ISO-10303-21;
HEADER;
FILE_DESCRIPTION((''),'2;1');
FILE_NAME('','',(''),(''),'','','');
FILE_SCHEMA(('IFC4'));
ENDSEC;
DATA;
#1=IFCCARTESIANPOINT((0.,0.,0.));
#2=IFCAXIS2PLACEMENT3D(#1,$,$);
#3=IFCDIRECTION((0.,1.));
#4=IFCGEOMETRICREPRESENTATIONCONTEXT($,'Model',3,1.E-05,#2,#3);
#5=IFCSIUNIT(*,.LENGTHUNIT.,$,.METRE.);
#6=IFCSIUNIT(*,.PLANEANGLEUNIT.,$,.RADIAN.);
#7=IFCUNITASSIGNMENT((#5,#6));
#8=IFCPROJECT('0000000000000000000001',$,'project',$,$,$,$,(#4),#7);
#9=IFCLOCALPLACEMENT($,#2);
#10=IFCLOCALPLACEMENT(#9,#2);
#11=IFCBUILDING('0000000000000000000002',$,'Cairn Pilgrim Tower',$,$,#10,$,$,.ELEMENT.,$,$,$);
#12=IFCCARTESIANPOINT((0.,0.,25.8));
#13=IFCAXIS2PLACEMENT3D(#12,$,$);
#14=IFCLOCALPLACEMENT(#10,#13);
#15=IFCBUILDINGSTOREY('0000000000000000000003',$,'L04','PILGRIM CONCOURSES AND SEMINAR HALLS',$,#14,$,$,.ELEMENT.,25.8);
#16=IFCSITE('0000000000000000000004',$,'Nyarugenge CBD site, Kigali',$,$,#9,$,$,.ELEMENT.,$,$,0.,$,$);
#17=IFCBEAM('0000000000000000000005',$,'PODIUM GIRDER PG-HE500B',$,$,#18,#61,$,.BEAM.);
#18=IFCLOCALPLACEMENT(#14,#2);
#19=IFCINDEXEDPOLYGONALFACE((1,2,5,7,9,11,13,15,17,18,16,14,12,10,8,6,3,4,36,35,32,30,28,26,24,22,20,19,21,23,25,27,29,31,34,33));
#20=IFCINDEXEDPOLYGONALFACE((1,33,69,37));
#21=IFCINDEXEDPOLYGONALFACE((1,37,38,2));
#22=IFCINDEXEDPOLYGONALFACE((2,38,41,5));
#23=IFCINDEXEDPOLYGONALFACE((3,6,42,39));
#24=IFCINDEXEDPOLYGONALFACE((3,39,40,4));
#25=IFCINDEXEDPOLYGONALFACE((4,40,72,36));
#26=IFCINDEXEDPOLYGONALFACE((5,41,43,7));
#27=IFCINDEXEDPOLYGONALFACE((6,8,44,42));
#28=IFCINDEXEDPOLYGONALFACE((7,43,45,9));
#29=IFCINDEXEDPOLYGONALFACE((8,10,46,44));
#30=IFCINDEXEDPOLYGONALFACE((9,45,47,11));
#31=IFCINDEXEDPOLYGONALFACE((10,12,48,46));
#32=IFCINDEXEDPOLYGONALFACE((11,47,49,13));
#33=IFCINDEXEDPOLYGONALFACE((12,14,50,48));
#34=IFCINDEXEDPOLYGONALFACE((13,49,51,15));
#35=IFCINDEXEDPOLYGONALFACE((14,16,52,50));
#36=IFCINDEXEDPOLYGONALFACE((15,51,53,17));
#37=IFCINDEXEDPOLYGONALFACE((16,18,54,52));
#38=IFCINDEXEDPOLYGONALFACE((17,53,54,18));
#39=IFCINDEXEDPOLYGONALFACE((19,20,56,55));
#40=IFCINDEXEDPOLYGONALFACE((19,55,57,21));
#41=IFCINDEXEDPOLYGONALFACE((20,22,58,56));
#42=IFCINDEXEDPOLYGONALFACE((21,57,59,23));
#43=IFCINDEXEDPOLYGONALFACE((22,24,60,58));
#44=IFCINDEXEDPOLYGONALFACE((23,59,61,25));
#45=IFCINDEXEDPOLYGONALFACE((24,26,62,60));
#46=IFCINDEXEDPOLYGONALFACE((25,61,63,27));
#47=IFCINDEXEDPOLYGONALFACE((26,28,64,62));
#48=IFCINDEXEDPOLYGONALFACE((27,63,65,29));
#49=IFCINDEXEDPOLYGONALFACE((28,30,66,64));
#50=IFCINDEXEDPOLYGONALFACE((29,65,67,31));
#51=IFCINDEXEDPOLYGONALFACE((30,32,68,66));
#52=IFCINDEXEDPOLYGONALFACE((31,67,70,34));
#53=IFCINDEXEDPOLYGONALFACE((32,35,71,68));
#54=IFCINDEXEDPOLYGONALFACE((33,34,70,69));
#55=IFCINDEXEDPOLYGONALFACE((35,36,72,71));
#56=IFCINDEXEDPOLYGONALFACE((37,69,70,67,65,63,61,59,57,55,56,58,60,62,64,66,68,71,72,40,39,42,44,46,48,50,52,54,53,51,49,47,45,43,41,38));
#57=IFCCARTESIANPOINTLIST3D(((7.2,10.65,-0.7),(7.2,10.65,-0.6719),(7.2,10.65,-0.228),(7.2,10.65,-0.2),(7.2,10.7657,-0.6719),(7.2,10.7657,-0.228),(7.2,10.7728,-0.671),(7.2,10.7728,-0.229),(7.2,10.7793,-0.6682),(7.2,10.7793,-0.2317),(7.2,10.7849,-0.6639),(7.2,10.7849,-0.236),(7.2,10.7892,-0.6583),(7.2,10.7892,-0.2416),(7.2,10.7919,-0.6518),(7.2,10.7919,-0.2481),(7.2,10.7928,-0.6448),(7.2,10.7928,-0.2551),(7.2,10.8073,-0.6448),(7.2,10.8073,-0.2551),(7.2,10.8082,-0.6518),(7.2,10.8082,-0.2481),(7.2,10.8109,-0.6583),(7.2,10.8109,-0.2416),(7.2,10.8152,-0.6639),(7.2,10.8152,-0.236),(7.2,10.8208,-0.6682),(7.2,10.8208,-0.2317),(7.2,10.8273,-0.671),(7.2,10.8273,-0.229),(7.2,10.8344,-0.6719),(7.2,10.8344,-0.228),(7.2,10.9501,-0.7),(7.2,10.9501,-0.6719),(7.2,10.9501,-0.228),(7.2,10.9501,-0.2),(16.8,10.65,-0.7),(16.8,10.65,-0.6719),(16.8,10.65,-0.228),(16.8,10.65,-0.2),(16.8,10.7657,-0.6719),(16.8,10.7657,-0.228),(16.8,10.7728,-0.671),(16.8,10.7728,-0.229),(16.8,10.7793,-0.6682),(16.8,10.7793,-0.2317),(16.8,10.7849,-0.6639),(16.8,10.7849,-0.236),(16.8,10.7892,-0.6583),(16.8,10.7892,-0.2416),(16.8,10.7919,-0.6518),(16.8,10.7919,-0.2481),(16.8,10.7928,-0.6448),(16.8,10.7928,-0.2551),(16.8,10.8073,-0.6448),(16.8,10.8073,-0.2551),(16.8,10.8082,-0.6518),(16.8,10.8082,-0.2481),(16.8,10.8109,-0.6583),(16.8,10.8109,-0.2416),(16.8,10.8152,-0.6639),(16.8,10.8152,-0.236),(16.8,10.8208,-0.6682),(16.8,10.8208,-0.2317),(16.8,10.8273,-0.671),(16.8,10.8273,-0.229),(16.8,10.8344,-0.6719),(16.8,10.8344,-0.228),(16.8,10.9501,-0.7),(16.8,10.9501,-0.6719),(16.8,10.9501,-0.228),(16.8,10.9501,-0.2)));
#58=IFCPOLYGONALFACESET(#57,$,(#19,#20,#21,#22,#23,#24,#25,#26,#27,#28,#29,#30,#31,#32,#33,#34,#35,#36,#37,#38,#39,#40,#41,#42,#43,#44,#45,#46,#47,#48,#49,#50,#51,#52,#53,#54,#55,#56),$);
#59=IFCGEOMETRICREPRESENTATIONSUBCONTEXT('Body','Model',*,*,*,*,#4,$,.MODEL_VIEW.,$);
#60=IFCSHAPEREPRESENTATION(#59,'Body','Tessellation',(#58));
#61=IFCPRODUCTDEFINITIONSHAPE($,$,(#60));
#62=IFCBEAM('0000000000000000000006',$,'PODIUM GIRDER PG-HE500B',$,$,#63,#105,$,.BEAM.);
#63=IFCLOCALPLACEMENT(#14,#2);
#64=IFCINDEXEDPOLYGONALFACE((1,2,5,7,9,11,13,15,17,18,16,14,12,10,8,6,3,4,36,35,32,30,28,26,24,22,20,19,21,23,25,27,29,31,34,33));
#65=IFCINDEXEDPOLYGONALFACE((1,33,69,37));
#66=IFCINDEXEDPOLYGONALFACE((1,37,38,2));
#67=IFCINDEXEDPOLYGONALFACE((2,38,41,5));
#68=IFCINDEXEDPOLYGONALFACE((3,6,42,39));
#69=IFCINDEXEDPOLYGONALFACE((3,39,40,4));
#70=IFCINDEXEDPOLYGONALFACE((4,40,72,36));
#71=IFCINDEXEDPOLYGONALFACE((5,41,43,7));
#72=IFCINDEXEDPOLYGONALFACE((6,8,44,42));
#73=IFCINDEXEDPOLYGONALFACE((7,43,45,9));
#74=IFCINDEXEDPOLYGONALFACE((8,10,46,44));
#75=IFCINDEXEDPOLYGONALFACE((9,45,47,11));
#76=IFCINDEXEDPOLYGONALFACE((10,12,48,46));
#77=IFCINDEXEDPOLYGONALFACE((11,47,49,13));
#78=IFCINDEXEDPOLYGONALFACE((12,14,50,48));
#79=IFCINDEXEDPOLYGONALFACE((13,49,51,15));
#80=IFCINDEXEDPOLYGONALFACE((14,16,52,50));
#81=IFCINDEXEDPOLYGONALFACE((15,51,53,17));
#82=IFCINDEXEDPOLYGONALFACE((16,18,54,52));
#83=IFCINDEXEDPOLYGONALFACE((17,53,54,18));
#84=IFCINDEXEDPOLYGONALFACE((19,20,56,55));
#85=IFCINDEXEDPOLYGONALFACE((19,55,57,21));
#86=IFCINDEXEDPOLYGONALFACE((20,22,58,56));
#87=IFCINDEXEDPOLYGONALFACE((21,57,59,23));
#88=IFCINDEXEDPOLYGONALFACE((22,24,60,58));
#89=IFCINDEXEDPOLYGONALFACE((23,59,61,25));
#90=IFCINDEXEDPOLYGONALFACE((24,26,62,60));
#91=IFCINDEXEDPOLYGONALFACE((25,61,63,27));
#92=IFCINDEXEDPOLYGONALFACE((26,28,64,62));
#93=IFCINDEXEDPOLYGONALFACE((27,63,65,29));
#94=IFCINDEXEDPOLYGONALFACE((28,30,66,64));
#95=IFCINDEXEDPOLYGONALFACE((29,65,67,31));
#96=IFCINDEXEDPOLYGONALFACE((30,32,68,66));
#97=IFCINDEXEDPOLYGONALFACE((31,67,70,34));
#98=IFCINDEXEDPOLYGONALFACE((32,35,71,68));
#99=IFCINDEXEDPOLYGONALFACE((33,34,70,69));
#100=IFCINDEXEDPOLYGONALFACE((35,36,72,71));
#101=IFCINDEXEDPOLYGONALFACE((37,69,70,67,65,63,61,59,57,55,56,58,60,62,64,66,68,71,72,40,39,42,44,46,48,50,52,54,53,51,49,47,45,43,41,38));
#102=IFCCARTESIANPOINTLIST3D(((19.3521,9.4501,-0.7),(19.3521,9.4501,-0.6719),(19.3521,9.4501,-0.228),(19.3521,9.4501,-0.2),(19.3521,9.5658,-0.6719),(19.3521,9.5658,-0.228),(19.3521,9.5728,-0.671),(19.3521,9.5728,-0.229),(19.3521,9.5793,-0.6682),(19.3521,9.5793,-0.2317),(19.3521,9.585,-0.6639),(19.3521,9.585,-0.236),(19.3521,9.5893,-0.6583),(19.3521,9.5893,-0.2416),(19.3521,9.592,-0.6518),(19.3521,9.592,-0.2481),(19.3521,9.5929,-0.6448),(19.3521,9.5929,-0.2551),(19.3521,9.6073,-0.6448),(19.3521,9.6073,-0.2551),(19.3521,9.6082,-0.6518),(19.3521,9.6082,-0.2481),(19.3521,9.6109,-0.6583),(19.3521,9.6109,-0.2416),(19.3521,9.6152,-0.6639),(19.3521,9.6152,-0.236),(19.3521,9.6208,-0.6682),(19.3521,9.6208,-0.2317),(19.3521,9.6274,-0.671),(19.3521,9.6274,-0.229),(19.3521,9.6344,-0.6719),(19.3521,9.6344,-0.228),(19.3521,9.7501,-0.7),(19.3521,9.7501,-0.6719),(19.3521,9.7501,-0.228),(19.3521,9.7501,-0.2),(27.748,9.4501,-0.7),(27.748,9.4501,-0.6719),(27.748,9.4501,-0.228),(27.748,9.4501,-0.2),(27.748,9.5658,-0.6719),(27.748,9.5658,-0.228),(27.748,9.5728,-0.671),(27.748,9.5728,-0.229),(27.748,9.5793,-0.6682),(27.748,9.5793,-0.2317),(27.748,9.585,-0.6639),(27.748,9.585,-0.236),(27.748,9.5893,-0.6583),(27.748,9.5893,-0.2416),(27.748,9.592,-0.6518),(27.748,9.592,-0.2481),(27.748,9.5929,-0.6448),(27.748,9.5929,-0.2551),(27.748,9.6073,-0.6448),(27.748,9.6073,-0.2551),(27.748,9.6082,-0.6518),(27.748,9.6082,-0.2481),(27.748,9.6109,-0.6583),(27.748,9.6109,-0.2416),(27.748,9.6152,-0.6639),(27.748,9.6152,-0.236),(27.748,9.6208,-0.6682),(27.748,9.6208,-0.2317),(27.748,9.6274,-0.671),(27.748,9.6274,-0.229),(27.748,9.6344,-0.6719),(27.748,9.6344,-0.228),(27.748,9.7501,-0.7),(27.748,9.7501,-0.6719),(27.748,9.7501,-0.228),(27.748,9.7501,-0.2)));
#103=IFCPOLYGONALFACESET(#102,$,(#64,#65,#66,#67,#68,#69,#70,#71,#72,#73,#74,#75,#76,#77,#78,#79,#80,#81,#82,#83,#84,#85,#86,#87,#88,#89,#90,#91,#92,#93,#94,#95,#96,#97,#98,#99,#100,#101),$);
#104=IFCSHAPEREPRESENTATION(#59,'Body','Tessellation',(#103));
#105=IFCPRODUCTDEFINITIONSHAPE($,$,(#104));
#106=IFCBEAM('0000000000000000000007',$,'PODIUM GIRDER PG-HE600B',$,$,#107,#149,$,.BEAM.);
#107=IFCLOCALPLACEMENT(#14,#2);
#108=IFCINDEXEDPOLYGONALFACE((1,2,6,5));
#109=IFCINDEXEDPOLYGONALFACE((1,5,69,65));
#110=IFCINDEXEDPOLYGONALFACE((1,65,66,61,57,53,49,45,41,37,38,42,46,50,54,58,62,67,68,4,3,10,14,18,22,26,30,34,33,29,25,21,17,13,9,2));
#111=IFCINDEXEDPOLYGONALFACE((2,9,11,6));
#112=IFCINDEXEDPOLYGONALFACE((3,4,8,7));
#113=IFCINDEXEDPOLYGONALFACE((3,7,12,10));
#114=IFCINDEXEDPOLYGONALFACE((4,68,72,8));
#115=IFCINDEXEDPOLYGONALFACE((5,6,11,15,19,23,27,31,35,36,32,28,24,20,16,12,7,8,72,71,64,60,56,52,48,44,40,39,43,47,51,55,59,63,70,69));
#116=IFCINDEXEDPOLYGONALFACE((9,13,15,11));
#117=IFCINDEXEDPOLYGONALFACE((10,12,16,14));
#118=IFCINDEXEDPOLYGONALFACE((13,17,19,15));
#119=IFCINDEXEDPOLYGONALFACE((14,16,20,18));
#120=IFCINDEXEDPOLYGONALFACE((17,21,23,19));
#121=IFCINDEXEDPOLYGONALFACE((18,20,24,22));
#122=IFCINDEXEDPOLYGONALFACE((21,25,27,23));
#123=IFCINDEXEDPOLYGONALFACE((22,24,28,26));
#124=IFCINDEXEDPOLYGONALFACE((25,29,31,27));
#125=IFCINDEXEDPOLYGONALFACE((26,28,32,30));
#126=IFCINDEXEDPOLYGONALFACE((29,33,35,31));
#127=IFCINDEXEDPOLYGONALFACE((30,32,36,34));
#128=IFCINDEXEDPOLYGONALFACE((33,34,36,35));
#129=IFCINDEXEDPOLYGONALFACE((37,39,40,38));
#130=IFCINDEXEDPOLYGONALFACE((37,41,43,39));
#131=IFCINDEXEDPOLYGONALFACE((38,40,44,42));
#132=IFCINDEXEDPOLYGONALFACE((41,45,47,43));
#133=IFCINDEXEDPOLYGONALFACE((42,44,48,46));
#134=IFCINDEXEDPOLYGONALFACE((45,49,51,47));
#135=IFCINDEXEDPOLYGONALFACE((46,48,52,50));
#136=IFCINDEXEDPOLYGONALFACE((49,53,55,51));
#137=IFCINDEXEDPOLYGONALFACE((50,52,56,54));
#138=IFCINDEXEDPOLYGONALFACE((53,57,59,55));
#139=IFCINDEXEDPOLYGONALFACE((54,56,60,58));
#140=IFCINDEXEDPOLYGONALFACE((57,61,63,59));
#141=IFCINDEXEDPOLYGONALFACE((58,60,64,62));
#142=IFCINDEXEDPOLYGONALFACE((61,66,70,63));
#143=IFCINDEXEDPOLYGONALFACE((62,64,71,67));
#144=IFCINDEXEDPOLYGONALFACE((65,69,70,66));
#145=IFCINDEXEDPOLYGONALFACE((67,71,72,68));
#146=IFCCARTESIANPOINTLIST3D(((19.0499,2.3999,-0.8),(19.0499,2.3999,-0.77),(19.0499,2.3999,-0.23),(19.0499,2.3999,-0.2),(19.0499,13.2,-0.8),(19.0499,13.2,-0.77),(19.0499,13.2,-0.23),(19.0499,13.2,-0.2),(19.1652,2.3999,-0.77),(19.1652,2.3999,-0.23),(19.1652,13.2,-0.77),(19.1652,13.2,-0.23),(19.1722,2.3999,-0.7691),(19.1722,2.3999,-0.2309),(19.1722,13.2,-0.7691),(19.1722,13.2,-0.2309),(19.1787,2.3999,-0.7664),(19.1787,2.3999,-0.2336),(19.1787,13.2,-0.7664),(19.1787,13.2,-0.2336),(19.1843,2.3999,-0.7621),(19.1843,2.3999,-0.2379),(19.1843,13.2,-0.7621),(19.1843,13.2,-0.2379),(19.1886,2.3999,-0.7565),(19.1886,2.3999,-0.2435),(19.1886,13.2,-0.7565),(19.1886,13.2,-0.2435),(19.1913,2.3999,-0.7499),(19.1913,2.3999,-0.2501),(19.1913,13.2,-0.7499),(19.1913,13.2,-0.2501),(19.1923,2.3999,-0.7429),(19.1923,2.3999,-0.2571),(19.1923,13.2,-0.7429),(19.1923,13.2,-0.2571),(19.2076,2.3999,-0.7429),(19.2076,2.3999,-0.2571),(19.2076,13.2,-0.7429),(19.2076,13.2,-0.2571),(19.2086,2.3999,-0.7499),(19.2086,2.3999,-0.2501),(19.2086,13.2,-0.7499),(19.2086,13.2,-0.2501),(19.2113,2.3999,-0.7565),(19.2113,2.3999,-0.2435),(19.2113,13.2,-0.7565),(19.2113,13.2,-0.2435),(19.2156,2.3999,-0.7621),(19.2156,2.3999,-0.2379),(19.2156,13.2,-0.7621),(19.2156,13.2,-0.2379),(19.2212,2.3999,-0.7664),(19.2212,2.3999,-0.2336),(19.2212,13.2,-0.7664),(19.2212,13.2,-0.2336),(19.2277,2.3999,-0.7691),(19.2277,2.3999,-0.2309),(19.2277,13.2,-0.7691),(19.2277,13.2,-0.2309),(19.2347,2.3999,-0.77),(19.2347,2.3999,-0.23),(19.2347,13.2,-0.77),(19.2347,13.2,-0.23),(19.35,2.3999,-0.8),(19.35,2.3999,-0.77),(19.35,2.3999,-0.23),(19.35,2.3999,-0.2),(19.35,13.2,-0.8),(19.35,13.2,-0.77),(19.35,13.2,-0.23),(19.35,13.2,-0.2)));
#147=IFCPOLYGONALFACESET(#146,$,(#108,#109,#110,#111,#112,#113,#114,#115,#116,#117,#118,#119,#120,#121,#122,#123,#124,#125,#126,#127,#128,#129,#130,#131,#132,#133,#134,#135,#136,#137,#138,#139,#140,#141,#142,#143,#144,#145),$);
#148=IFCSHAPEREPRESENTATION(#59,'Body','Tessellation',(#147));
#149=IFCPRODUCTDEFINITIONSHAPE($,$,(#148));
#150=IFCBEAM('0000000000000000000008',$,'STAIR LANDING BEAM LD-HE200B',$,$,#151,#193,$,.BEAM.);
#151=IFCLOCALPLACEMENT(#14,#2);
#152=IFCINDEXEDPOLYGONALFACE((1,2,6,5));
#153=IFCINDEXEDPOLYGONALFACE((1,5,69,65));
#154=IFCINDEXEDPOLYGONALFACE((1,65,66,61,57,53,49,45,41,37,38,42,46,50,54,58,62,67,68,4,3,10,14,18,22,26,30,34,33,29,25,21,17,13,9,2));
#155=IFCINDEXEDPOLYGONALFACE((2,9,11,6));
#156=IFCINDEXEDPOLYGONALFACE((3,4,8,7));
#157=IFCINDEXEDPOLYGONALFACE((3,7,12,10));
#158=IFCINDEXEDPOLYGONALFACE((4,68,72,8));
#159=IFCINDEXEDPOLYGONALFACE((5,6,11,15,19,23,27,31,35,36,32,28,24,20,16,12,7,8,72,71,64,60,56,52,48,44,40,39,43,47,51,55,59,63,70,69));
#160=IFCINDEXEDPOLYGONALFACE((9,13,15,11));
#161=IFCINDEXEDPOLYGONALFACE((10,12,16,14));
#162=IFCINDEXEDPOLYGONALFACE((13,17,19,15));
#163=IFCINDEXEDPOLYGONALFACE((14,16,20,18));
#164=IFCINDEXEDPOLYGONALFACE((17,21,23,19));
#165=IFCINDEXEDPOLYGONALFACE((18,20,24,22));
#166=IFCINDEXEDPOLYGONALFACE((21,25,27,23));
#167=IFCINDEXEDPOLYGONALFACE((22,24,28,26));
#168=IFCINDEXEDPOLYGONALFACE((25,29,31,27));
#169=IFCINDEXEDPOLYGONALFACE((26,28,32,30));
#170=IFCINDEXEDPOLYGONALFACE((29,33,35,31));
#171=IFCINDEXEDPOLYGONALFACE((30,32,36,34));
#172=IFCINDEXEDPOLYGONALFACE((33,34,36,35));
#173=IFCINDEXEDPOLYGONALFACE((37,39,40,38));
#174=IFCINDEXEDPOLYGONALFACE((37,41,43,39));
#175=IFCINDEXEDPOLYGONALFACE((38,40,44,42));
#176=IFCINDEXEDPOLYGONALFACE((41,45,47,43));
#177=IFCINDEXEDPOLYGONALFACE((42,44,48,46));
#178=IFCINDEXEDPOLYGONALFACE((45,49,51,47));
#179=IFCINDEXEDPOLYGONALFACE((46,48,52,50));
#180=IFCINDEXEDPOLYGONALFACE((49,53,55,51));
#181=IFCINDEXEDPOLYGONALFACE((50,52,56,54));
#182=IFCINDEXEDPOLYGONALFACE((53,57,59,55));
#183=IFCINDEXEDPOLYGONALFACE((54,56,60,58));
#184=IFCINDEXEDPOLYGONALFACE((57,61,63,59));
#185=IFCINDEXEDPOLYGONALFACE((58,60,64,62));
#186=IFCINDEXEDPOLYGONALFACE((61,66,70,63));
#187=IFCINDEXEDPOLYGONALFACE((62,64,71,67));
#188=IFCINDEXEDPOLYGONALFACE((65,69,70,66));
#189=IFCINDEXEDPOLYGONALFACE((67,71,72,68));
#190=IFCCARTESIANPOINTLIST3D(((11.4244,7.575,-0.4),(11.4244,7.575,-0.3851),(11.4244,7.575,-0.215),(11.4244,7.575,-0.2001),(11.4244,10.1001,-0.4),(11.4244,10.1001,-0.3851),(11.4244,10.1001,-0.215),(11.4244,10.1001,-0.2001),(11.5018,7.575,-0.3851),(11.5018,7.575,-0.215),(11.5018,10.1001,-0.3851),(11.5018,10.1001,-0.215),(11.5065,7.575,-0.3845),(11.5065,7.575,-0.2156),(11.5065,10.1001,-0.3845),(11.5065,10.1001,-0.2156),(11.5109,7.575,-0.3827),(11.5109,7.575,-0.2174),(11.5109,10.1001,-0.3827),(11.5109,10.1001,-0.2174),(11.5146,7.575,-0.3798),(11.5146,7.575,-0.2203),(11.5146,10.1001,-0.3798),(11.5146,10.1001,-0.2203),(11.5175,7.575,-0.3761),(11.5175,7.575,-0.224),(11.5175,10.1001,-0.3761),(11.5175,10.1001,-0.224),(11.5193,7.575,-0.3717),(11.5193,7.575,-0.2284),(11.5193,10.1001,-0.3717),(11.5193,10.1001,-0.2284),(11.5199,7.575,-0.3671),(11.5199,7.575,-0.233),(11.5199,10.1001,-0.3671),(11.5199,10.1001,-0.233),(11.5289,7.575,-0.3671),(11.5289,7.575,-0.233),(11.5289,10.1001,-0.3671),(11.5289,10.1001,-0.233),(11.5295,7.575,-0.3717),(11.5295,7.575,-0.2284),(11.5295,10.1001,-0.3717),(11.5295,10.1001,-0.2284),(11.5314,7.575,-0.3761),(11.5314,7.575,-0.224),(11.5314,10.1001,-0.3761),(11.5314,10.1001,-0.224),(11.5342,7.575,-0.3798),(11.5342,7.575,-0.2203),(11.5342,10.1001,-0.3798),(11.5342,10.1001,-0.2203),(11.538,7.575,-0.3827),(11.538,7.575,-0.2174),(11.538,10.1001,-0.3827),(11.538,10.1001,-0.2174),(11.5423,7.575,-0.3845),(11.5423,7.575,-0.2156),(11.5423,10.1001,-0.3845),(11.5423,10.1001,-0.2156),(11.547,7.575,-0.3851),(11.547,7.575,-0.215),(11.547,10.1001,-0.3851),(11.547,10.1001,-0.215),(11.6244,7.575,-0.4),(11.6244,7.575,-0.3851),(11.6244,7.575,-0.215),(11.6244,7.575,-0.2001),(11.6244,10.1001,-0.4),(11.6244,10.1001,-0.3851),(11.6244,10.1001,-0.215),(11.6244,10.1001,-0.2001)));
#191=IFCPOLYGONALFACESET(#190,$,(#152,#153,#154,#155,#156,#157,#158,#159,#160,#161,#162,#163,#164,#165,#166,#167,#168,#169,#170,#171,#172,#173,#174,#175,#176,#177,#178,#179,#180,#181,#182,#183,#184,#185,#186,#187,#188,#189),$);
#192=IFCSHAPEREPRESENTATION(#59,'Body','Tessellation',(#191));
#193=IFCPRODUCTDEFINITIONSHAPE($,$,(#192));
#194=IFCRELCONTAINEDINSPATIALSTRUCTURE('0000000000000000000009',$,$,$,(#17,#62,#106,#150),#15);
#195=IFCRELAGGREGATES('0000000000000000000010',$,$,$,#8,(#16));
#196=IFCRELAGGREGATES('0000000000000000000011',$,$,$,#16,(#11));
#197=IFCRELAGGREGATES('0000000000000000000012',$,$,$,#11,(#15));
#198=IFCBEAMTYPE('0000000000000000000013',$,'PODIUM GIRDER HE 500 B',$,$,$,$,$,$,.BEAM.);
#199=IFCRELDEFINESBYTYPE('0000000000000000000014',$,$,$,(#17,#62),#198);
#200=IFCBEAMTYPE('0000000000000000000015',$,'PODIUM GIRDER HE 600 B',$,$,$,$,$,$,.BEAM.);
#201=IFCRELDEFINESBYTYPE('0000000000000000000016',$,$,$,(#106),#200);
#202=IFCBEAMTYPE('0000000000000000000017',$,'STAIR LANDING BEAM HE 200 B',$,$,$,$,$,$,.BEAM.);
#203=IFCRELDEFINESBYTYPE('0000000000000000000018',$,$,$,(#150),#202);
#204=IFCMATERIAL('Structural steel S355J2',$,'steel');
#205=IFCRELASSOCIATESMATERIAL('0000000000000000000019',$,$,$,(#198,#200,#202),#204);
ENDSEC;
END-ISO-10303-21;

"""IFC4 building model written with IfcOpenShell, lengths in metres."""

from ifc_helpers import new_model, si_unit, direction, frame, origin, origin_2d, place, context, subcontext, project, spatial, i_section, extrude, material, material_profile, profile_set, type_object, element, save


model = new_model("IFC4")

# Units and contexts
model_context = context("Model", 3, precision=1e-05, world=origin(), true_north=direction((0.0, 1.0)))
body_context = subcontext(model_context, "Body", "Model", "MODEL_VIEW")
ifc_project = project(units=[si_unit("LENGTHUNIT", "METRE"), si_unit("PLANEANGLEUNIT", "RADIAN")], contexts=[model_context])

# Site, building, storey
site_placement = place(None, origin())
site = spatial("IfcSite", under=ifc_project, at=site_placement, Name="Nyarugenge CBD site, Kigali", CompositionType="ELEMENT", RefElevation=0.0)
building_placement = place(site_placement, origin())
building = spatial("IfcBuilding", under=site, at=building_placement, Name="Cairn Pilgrim Tower", CompositionType="ELEMENT")
storey_placement = place(building_placement, frame((0.0, 0.0, 25.8)))
storey = spatial("IfcBuildingStorey", under=building, at=storey_placement, Name="L04", Description="PILGRIM CONCOURSES AND SEMINAR HALLS", CompositionType="ELEMENT", Elevation=25.8)

# Beams
ifc_material_1 = material(Name="Structural steel S355J2", Category="steel")
ifc_material_profile_1 = material_profile(ifc_material_1, i_section(OverallWidth=0.3, OverallDepth=0.5, WebThickness=0.0144, FlangeThickness=0.0281, FilletRadius=0.0271, at=origin_2d()), Name="HEB 500")
ifc_profile_set_1 = profile_set([ifc_material_profile_1], Name="Structural steel S355J2")
beam_type_1 = type_object("IfcBeamType", Name="PODIUM GIRDER HE 500 B", PredefinedType="BEAM", material=ifc_profile_set_1)
beam_1_placement = place(storey_placement, frame((16.8, 10.8, -0.45), z_axis=(-1.0, 0.0, 0.0), x_axis=(0.0, -1.0, 0.0)))
element("IfcBeam", 1, at=beam_1_placement, inside=storey, type_object=beam_type_1, Name="PODIUM GIRDER PG-HE500B", PredefinedType="BEAM", context=body_context, shape_type="SweptSolid", body=[
    extrude(i_section(OverallWidth=0.3, OverallDepth=0.5, WebThickness=0.0144, FlangeThickness=0.0281, FilletRadius=0.0271, at=origin_2d()), origin(), (0.0, 0.0, 1.0), 9.6001),
])
beam_2_placement = place(storey_placement, frame((19.3521, 9.6001, -0.45), z_axis=(1.0, 0.0, 0.0), x_axis=(0.0, 1.0, 0.0)))
element("IfcBeam", 2, at=beam_2_placement, inside=storey, type_object=beam_type_1, Name="PODIUM GIRDER PG-HE500B", PredefinedType="BEAM", context=body_context, shape_type="SweptSolid", body=[
    extrude(i_section(OverallWidth=0.3, OverallDepth=0.5, WebThickness=0.0144, FlangeThickness=0.0281, FilletRadius=0.0271, at=origin_2d()), origin(), (0.0, 0.0, 1.0), 8.396),
])
ifc_material_profile_2 = material_profile(ifc_material_1, i_section(OverallWidth=0.3, OverallDepth=0.6001, WebThickness=0.0154, FlangeThickness=0.03, FilletRadius=0.0271, at=origin_2d()), Name="HEB 600")
ifc_profile_set_2 = profile_set([ifc_material_profile_2], Name="Structural steel S355J2")
beam_type_2 = type_object("IfcBeamType", Name="PODIUM GIRDER HE 600 B", PredefinedType="BEAM", material=ifc_profile_set_2)
beam_3_placement = place(storey_placement, frame((19.2, 2.3999, -0.5), z_axis=(0.0, 1.0, 0.0), x_axis=(-1.0, 0.0, 0.0)))
element("IfcBeam", 3, at=beam_3_placement, inside=storey, type_object=beam_type_2, Name="PODIUM GIRDER PG-HE600B", PredefinedType="BEAM", context=body_context, shape_type="SweptSolid", body=[
    extrude(i_section(OverallWidth=0.3, OverallDepth=0.6001, WebThickness=0.0154, FlangeThickness=0.03, FilletRadius=0.0271, at=origin_2d()), origin(), (0.0, 0.0, 1.0), 10.8),
])
ifc_material_profile_3 = material_profile(ifc_material_1, i_section(OverallWidth=0.2, OverallDepth=0.2, WebThickness=0.009, FlangeThickness=0.0149, FilletRadius=0.0181, at=origin_2d()), Name="HE 200 B")
ifc_profile_set_3 = profile_set([ifc_material_profile_3], Name="Structural steel S355J2")
beam_type_3 = type_object("IfcBeamType", Name="STAIR LANDING BEAM HE 200 B", PredefinedType="BEAM", material=ifc_profile_set_3)
beam_4_placement = place(storey_placement, frame((11.5244, 10.1001, -0.3), z_axis=(0.0, -1.0, 0.0), x_axis=(1.0, 0.0, 0.0)))
element("IfcBeam", 4, at=beam_4_placement, inside=storey, type_object=beam_type_3, Name="STAIR LANDING BEAM LD-HE200B", PredefinedType="BEAM", context=body_context, shape_type="SweptSolid", body=[
    extrude(i_section(OverallWidth=0.2, OverallDepth=0.2, WebThickness=0.009, FlangeThickness=0.0149, FilletRadius=0.0181, at=origin_2d()), origin(), (0.0, 0.0, 1.0), 2.5251),
])

save(model, "model.ifc")
